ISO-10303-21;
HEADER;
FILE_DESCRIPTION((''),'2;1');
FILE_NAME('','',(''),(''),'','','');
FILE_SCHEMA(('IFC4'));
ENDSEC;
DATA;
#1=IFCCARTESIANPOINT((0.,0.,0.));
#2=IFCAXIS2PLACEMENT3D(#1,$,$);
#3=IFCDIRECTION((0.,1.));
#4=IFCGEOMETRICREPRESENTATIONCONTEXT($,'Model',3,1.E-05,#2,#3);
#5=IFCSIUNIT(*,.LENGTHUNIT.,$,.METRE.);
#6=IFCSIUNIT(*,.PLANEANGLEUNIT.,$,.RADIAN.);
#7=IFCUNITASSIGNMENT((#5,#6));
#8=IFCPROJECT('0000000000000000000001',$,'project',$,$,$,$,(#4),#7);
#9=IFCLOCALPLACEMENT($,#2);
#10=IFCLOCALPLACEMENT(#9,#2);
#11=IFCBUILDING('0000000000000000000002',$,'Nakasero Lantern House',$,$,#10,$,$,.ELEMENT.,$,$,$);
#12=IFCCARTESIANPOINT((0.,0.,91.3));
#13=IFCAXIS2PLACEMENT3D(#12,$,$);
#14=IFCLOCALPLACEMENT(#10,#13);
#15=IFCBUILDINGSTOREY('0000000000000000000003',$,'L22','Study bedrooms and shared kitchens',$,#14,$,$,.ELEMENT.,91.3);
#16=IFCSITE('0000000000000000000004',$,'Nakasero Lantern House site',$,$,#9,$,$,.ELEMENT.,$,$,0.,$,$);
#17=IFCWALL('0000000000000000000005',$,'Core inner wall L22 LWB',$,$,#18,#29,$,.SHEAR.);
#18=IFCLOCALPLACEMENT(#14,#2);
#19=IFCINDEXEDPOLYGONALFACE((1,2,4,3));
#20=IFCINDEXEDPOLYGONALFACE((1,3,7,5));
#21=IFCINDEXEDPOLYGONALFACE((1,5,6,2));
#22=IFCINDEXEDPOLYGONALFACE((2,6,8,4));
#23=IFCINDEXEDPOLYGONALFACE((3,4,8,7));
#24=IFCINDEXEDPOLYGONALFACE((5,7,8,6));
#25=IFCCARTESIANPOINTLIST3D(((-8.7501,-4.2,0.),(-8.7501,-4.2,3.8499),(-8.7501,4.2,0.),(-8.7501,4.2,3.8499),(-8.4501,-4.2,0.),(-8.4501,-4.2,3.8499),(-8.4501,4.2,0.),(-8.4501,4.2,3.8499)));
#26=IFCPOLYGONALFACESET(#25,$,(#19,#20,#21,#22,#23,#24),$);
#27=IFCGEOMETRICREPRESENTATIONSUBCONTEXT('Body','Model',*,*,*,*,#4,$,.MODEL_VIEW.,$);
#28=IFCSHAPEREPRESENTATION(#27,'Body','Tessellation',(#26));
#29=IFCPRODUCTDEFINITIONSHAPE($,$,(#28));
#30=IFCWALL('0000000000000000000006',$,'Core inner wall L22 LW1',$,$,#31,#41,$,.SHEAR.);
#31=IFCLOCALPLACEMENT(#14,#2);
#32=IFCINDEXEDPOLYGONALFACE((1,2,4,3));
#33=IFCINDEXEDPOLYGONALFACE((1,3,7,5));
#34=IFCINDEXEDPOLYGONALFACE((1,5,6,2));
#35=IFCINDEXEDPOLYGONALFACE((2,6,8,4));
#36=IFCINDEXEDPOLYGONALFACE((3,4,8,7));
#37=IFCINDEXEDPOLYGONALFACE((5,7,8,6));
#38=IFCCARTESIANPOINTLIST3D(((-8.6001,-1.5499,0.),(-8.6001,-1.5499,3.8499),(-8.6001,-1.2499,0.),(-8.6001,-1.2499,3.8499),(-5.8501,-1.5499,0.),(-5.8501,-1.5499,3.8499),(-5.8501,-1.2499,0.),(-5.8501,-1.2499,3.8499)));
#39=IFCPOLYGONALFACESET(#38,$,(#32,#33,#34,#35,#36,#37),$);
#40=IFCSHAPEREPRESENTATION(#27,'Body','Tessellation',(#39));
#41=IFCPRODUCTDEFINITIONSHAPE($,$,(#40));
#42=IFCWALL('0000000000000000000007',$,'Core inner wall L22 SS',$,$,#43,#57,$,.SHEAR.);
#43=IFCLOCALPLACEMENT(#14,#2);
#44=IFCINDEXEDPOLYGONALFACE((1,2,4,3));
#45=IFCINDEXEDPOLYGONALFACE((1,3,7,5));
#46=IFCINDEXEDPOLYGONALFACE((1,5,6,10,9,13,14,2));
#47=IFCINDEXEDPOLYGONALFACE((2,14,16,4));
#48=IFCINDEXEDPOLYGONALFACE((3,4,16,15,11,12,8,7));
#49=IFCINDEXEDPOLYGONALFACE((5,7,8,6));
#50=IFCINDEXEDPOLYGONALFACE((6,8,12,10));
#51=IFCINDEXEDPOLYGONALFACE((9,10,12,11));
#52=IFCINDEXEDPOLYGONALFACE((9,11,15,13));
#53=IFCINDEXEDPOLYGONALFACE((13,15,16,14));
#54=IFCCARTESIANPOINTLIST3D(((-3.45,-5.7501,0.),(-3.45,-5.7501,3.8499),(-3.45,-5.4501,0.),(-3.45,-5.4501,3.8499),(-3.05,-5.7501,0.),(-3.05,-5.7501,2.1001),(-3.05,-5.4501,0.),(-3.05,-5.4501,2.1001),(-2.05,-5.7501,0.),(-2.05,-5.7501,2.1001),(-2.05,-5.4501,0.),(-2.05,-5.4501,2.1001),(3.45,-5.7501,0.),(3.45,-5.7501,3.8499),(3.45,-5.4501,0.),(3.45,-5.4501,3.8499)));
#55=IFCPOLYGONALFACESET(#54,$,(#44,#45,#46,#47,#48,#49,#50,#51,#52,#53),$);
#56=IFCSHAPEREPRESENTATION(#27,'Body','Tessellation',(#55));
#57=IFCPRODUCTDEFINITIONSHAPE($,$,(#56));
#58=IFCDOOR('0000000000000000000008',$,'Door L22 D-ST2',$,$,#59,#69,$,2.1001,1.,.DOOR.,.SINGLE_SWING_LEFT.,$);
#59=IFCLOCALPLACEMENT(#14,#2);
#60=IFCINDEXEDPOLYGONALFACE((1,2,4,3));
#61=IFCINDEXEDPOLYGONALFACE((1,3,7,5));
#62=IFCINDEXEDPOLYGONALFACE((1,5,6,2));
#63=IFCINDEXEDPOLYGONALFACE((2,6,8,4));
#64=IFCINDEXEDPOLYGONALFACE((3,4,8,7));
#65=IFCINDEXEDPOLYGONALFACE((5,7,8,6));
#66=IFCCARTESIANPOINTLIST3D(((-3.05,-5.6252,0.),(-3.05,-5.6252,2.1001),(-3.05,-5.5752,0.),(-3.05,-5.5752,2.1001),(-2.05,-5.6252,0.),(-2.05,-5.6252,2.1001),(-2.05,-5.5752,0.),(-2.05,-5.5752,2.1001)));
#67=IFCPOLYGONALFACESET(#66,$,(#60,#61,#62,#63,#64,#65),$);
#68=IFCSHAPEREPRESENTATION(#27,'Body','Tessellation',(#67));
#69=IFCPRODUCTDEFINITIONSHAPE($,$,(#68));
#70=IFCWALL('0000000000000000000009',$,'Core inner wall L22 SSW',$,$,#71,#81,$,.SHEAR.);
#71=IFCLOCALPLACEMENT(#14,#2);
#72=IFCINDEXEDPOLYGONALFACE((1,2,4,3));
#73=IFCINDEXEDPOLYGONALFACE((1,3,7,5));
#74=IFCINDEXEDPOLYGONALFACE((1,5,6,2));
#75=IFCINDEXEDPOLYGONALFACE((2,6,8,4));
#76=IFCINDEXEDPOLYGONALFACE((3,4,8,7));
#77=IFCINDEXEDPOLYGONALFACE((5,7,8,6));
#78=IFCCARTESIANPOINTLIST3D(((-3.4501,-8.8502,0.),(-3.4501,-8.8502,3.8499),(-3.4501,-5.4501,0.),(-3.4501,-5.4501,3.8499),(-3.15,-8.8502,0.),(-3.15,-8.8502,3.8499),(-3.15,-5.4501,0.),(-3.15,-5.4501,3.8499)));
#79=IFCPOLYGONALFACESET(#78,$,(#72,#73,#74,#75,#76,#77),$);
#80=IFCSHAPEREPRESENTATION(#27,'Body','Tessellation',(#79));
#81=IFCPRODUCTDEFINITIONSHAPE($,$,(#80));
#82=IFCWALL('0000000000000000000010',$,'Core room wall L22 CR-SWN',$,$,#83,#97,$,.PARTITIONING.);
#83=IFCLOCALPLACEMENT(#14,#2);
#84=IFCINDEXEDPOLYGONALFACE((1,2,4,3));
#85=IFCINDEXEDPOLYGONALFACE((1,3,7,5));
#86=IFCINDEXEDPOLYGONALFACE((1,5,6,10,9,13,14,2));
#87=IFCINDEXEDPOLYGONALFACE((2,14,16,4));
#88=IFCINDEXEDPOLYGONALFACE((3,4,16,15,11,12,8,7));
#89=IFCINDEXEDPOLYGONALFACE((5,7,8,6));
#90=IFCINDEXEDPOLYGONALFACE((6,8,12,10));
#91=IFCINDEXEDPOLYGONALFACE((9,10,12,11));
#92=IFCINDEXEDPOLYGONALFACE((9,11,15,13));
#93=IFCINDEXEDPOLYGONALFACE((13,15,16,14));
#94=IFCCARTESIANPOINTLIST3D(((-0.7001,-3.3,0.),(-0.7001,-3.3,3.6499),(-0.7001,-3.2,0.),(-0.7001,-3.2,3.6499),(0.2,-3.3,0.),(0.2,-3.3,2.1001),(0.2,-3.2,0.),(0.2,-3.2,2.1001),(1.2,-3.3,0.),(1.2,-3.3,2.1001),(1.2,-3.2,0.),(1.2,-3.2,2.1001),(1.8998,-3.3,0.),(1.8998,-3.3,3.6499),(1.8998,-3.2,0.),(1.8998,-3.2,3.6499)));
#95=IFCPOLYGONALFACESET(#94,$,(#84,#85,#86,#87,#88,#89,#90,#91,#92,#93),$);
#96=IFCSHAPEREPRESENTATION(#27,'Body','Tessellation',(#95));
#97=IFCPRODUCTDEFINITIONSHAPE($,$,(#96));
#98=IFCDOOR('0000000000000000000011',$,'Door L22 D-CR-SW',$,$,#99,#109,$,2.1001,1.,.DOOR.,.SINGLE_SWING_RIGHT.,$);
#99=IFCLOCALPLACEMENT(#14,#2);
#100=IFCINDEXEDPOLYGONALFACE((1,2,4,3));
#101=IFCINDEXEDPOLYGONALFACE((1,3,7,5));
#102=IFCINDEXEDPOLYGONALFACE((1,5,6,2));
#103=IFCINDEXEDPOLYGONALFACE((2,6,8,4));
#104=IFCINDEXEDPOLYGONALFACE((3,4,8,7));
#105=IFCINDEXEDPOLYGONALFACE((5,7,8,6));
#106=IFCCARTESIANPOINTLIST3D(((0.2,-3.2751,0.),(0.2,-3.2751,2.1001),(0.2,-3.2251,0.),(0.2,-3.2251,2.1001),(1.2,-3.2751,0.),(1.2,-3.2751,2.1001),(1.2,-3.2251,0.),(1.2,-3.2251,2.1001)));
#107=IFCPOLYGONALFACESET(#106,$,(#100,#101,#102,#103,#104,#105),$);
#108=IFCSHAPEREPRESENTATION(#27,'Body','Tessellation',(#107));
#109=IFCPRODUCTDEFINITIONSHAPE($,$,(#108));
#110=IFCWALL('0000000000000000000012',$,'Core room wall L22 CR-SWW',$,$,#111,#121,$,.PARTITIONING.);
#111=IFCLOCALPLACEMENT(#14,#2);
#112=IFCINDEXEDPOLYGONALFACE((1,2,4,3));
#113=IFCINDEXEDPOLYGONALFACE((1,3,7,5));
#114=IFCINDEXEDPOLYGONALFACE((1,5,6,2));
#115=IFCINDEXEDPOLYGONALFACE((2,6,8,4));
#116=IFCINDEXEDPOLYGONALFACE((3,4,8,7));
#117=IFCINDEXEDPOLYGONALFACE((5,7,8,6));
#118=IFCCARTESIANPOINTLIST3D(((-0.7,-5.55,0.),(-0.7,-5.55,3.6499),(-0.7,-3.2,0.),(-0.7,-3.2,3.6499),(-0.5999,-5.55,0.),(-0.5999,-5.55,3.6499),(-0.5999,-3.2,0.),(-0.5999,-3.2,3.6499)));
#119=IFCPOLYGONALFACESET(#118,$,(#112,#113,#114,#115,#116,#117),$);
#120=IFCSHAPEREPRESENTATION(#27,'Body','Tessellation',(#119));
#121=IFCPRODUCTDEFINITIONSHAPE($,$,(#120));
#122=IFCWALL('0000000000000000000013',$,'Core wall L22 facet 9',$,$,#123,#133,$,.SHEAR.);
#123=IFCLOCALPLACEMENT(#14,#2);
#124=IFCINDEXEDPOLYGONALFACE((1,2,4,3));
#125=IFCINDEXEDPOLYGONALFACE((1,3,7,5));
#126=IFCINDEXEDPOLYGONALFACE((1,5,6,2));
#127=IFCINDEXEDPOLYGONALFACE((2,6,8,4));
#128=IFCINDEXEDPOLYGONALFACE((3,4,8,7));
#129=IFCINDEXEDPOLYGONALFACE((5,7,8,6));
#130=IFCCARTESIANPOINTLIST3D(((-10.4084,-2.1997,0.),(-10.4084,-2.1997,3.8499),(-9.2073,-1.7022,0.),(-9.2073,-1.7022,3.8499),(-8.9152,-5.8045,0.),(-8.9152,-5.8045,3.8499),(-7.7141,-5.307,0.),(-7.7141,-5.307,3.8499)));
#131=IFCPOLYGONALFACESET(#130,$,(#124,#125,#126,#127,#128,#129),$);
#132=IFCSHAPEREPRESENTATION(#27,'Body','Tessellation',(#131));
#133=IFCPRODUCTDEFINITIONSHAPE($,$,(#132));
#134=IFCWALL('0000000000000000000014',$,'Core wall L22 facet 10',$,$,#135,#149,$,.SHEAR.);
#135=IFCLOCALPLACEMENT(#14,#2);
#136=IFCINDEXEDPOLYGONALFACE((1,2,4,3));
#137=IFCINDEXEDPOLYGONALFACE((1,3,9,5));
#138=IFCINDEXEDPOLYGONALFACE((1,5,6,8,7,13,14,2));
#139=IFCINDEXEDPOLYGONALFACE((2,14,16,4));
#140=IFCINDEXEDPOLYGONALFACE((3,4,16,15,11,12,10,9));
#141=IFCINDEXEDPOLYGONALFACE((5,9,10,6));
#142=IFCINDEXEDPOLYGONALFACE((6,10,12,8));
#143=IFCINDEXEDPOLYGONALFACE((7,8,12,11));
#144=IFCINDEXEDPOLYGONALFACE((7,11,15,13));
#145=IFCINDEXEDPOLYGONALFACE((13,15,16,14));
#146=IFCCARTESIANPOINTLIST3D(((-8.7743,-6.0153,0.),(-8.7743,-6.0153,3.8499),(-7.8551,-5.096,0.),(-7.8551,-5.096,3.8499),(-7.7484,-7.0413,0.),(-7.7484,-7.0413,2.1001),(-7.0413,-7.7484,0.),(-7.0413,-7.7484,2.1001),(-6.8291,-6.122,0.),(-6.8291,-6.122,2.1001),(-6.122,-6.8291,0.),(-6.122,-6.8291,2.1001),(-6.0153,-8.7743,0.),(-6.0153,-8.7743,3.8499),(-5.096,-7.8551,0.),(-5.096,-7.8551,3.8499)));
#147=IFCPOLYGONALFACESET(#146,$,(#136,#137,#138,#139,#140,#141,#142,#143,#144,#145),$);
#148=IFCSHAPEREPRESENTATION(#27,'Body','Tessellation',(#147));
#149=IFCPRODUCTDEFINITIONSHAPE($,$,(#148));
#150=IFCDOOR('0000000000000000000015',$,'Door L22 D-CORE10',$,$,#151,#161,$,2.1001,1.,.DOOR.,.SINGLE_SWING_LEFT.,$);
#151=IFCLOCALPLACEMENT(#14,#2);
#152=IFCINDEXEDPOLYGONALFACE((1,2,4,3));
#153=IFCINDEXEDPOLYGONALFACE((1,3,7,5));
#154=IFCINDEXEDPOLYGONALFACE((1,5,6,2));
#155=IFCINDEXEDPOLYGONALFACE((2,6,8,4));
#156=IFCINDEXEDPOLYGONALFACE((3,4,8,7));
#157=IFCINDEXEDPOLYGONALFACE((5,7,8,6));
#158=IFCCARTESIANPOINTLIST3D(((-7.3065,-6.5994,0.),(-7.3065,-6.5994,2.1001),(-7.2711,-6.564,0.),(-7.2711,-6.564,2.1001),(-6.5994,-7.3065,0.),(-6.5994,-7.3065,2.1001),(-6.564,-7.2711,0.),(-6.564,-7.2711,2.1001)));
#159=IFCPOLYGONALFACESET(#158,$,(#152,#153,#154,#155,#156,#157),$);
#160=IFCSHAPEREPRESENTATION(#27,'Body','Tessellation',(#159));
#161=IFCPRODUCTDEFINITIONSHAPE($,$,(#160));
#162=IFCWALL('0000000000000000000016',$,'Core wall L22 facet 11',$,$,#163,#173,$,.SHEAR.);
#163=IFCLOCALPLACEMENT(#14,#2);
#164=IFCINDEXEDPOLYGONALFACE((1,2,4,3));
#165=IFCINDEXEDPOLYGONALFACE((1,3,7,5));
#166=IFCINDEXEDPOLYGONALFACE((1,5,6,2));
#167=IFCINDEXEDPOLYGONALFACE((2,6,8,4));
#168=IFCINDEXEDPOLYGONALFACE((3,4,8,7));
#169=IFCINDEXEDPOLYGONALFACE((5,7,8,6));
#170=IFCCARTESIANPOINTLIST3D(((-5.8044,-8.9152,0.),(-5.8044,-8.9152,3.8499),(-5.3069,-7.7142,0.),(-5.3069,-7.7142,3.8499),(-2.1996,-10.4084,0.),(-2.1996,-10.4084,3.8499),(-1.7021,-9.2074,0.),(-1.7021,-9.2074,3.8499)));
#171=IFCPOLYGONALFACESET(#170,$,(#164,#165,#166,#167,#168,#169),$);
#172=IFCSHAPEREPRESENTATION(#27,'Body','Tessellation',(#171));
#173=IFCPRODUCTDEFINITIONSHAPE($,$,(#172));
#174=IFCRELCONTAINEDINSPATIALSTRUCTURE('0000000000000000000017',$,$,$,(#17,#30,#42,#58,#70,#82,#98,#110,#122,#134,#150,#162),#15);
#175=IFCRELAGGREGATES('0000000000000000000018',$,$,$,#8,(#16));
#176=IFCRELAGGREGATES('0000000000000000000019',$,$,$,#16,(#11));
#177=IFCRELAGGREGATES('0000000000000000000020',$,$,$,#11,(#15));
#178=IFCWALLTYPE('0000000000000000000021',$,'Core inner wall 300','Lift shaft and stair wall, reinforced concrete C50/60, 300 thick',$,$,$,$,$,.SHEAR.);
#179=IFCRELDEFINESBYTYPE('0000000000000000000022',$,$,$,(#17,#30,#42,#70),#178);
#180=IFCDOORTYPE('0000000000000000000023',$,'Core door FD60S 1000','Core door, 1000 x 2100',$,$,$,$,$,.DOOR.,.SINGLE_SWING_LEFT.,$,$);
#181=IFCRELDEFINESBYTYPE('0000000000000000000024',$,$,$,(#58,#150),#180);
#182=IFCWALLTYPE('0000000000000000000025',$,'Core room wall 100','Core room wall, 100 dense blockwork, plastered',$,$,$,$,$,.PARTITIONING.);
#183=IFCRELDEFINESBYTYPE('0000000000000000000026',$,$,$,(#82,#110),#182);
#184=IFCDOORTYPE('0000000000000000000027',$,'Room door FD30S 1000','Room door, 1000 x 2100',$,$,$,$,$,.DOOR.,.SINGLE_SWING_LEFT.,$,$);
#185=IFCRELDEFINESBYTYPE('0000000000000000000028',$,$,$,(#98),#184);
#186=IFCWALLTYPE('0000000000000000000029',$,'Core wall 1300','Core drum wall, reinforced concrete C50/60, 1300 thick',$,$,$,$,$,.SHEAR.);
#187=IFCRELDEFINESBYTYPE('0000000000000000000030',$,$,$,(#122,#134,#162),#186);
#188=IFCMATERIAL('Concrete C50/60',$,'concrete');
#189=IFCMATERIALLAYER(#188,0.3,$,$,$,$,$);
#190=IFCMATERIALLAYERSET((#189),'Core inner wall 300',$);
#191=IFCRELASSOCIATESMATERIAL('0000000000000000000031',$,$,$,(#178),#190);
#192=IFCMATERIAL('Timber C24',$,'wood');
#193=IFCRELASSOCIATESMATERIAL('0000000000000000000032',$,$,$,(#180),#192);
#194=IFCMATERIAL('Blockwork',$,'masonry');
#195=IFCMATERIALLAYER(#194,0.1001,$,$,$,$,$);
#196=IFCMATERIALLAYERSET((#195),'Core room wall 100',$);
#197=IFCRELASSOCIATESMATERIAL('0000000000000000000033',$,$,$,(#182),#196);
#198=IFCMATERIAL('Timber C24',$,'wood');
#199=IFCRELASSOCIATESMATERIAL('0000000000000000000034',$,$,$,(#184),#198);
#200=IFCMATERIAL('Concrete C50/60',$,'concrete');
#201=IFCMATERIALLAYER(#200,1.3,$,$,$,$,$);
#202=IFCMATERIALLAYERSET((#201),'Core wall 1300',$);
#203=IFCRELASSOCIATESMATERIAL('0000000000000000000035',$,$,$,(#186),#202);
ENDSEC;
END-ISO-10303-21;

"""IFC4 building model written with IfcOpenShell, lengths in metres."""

from ifc_helpers import new_model, si_unit, direction, frame, frame_2d, origin, place, context, subcontext, project, spatial, rectangle, extrude, material, layer, layer_set, type_object, element, fill, save


model = new_model("IFC4")

# Units and contexts
model_context = context("Model", 3, precision=1e-05, world=origin(), true_north=direction((0.0, 1.0)))
body_context = subcontext(model_context, "Body", "Model", "MODEL_VIEW")
ifc_project = project(units=[si_unit("LENGTHUNIT", "METRE"), si_unit("PLANEANGLEUNIT", "RADIAN")], contexts=[model_context])

# Site, building, storey
site_placement = place(None, origin())
site = spatial("IfcSite", under=ifc_project, at=site_placement, Name="Nakasero Lantern House site", CompositionType="ELEMENT", RefElevation=0.0)
building_placement = place(site_placement, origin())
building = spatial("IfcBuilding", under=site, at=building_placement, Name="Nakasero Lantern House", CompositionType="ELEMENT")
storey_placement = place(building_placement, frame((0.0, 0.0, 91.3)))
storey = spatial("IfcBuildingStorey", under=building, at=storey_placement, Name="L22", Description="Study bedrooms and shared kitchens", CompositionType="ELEMENT", Elevation=91.3)

# Shared definitions
ifc_material_1 = material(Name="Concrete C50/60", Category="concrete")
ifc_layer_1 = layer(ifc_material_1, 0.3)
ifc_layer_set_1 = layer_set([ifc_layer_1], Name="Core inner wall 300")
wall_type_1 = type_object("IfcWallType", Name="Core inner wall 300", Description="Lift shaft and stair wall, reinforced concrete C50/60, 300 thick", PredefinedType="SHEAR", material=ifc_layer_set_1)

# Walls
wall_1_placement = place(storey_placement, frame((-8.6001, -4.2, 0.0), z_axis=(0.0, 0.0, 1.0), x_axis=(0.0, 1.0, 0.0)))
element("IfcWall", 1, at=wall_1_placement, inside=storey, type_object=wall_type_1, Name="Core inner wall L22 LWB", PredefinedType="SHEAR", context=body_context, shape_type="SweptSolid", body=[
    extrude(rectangle(XDim=8.3999, YDim=0.3, at=frame_2d((4.2, 0.0))), origin(), (0.0, 0.0, 1.0), 3.8499),
])
wall_2_placement = place(storey_placement, frame((-8.6001, -1.3999, 0.0), z_axis=(0.0, 0.0, 1.0), x_axis=(1.0, 0.0, 0.0)))
element("IfcWall", 2, at=wall_2_placement, inside=storey, type_object=wall_type_1, Name="Core inner wall L22 LW1", PredefinedType="SHEAR", context=body_context, shape_type="SweptSolid", body=[
    extrude(rectangle(XDim=2.75, YDim=0.3, at=frame_2d((1.375, 0.0))), origin(), (0.0, 0.0, 1.0), 3.8499),
])

# Wall, opening, door
wall_3_placement = place(storey_placement, frame((-3.45, -5.6001, 0.0), z_axis=(0.0, 0.0, 1.0), x_axis=(1.0, 0.0, 0.0)))
wall_3 = element("IfcWall", 3, at=wall_3_placement, inside=storey, type_object=wall_type_1, Name="Core inner wall L22 SS", PredefinedType="SHEAR", context=body_context, shape_type="SweptSolid", body=[
    extrude(rectangle(XDim=6.8999, YDim=0.3, at=frame_2d((3.45, 0.0))), origin(), (0.0, 0.0, 1.0), 3.8499),
])
opening_1_placement = place(wall_3_placement, frame((0.3999, 0.0, 0.0)))
opening_1 = element("IfcOpeningElement", 4, at=opening_1_placement, cuts=wall_3, PredefinedType="OPENING", context=body_context, shape_type="SweptSolid", body=[
    extrude(rectangle(XDim=1.0, YDim=2.1001, at=frame_2d((0.5, 1.05))), frame((0.0, 0.1699, 0.0), z_axis=(0.0, -1.0, 0.0), x_axis=(1.0, 0.0, 0.0)), (0.0, 0.0, 1.0), 0.3401),
])
ifc_material_2 = material(Name="Timber C24", Category="wood")
door_type_1 = type_object("IfcDoorType", Name="Core door FD60S 1000", Description="Core door, 1000 x 2100", OperationType="SINGLE_SWING_LEFT", PredefinedType="DOOR", material=ifc_material_2)
door_1_placement = place(opening_1_placement, origin())
door_1 = element("IfcDoor", 5, at=door_1_placement, inside=storey, type_object=door_type_1, Name="Door L22 D-ST2", OperationType="SINGLE_SWING_LEFT", OverallHeight=2.1001, OverallWidth=1.0, PredefinedType="DOOR", context=body_context, shape_type="SweptSolid", body=[
    extrude(rectangle(XDim=1.0, YDim=2.1001, at=frame_2d((0.5, 1.05))), frame((0.0, 0.0249, 0.0), z_axis=(0.0, -1.0, 0.0), x_axis=(1.0, 0.0, 0.0)), (0.0, 0.0, 1.0), 0.05),
])
fill(opening_1, door_1)

# Wall
wall_4_placement = place(storey_placement, frame((-3.3, -5.45, 0.0), z_axis=(0.0, 0.0, 1.0), x_axis=(0.0, -1.0, 0.0)))
element("IfcWall", 6, at=wall_4_placement, inside=storey, type_object=wall_type_1, Name="Core inner wall L22 SSW", PredefinedType="SHEAR", context=body_context, shape_type="SweptSolid", body=[
    extrude(rectangle(XDim=3.4001, YDim=0.3, at=frame_2d((1.7002, 0.0))), origin(), (0.0, 0.0, 1.0), 3.8499),
])

# Wall, opening, door
ifc_material_3 = material(Name="Blockwork", Category="masonry")
ifc_layer_2 = layer(ifc_material_3, 0.1001)
ifc_layer_set_2 = layer_set([ifc_layer_2], Name="Core room wall 100")
wall_type_2 = type_object("IfcWallType", Name="Core room wall 100", Description="Core room wall, 100 dense blockwork, plastered", PredefinedType="PARTITIONING", material=ifc_layer_set_2)
wall_5_placement = place(storey_placement, frame((-0.7, -3.25, 0.0), z_axis=(0.0, 0.0, 1.0), x_axis=(1.0, 0.0, 0.0)))
wall_5 = element("IfcWall", 7, at=wall_5_placement, inside=storey, type_object=wall_type_2, Name="Core room wall L22 CR-SWN", PredefinedType="PARTITIONING", context=body_context, shape_type="SweptSolid", body=[
    extrude(rectangle(XDim=2.5999, YDim=0.1001, at=frame_2d((1.2998, 0.0))), origin(), (0.0, 0.0, 1.0), 3.6499),
])
opening_2_placement = place(wall_5_placement, frame((0.8999, 0.0, 0.0)))
opening_2 = element("IfcOpeningElement", 8, at=opening_2_placement, cuts=wall_5, PredefinedType="OPENING", context=body_context, shape_type="SweptSolid", body=[
    extrude(rectangle(XDim=1.0, YDim=2.1001, at=frame_2d((0.5, 1.05))), frame((0.0, 0.0701, 0.0), z_axis=(0.0, -1.0, 0.0), x_axis=(1.0, 0.0, 0.0)), (0.0, 0.0, 1.0), 0.1401),
])
ifc_material_4 = material(Name="Timber C24", Category="wood")
door_type_2 = type_object("IfcDoorType", Name="Room door FD30S 1000", Description="Room door, 1000 x 2100", OperationType="SINGLE_SWING_LEFT", PredefinedType="DOOR", material=ifc_material_4)
door_2_placement = place(opening_2_placement, origin())
door_2 = element("IfcDoor", 9, at=door_2_placement, inside=storey, type_object=door_type_2, Name="Door L22 D-CR-SW", OperationType="SINGLE_SWING_RIGHT", OverallHeight=2.1001, OverallWidth=1.0, PredefinedType="DOOR", context=body_context, shape_type="SweptSolid", body=[
    extrude(rectangle(XDim=1.0, YDim=2.1001, at=frame_2d((0.5, 1.05))), frame((0.0, 0.0249, 0.0), z_axis=(0.0, -1.0, 0.0), x_axis=(1.0, 0.0, 0.0)), (0.0, 0.0, 1.0), 0.05),
])
fill(opening_2, door_2)

# Walls
wall_6_placement = place(storey_placement, frame((-0.6499, -5.55, 0.0), z_axis=(0.0, 0.0, 1.0), x_axis=(0.0, 1.0, 0.0)))
element("IfcWall", 10, at=wall_6_placement, inside=storey, type_object=wall_type_2, Name="Core room wall L22 CR-SWW", PredefinedType="PARTITIONING", context=body_context, shape_type="SweptSolid", body=[
    extrude(rectangle(XDim=2.3501, YDim=0.1001, at=frame_2d((1.175, 0.0))), origin(), (0.0, 0.0, 1.0), 3.6499),
])
ifc_material_5 = material(Name="Concrete C50/60", Category="concrete")
ifc_layer_3 = layer(ifc_material_5, 1.3)
ifc_layer_set_3 = layer_set([ifc_layer_3], Name="Core wall 1300")
wall_type_3 = type_object("IfcWallType", Name="Core wall 1300", Description="Core drum wall, reinforced concrete C50/60, 1300 thick", PredefinedType="SHEAR", material=ifc_layer_set_3)
wall_7_placement = place(storey_placement, frame((-9.8079, -1.9509, 0.0), z_axis=(0.0, 0.0, 1.0), x_axis=(0.382691, -0.923877, 0.0)))
element("IfcWall", 11, at=wall_7_placement, inside=storey, type_object=wall_type_3, Name="Core wall L22 facet 9", PredefinedType="SHEAR", context=body_context, shape_type="SweptSolid", body=[
    extrude(rectangle(XDim=3.9019, YDim=1.3, at=frame_2d((1.9509, 0.0))), origin(), (0.0, 0.0, 1.0), 3.8499),
])

# Wall, opening, door
wall_8_placement = place(storey_placement, frame((-8.3147, -5.5557, 0.0), z_axis=(0.0, 0.0, 1.0), x_axis=(0.707107, -0.707107, 0.0)))
wall_8 = element("IfcWall", 12, at=wall_8_placement, inside=storey, type_object=wall_type_3, Name="Core wall L22 facet 10", PredefinedType="SHEAR", context=body_context, shape_type="SweptSolid", body=[
    extrude(rectangle(XDim=3.9019, YDim=1.3, at=frame_2d((1.9509, 0.0))), origin(), (0.0, 0.0, 1.0), 3.8499),
])
opening_3_placement = place(wall_8_placement, frame((1.4509, 0.0, 0.0)))
opening_3 = element("IfcOpeningElement", 13, at=opening_3_placement, cuts=wall_8, PredefinedType="OPENING", context=body_context, shape_type="SweptSolid", body=[
    extrude(rectangle(XDim=1.0, YDim=2.1001, at=frame_2d((0.5, 1.05))), frame((0.0, 0.6699, 0.0), z_axis=(0.0, -1.0, 0.0), x_axis=(1.0, 0.0, 0.0)), (0.0, 0.0, 1.0), 1.3401),
])
door_3_placement = place(opening_3_placement, origin())
door_3 = element("IfcDoor", 14, at=door_3_placement, inside=storey, type_object=door_type_1, Name="Door L22 D-CORE10", OperationType="SINGLE_SWING_LEFT", OverallHeight=2.1001, OverallWidth=1.0, PredefinedType="DOOR", context=body_context, shape_type="SweptSolid", body=[
    extrude(rectangle(XDim=1.0, YDim=2.1001, at=frame_2d((0.5, 1.05))), frame((0.0, 0.0249, 0.0), z_axis=(0.0, -1.0, 0.0), x_axis=(1.0, 0.0, 0.0)), (0.0, 0.0, 1.0), 0.05),
])
fill(opening_3, door_3)

# Wall
for number, where, z_axis, x_axis, name in (
    (15, (-5.5557, -8.3147, 0.0), (0.0, 0.0, 1.0), (0.923877, -0.382691, 0.0), "Core wall L22 facet 11"),
):
    element("IfcWall", number, at=place(storey_placement, frame(where, z_axis=z_axis, x_axis=x_axis)), inside=storey, type_object=wall_type_3, Name=name, PredefinedType="SHEAR", context=body_context, shape_type="SweptSolid", body=[
        extrude(rectangle(XDim=3.9019, YDim=1.3, at=frame_2d((1.9509, 0.0))), origin(), (0.0, 0.0, 1.0), 3.8499),
    ])

save(model, "model.ifc")
